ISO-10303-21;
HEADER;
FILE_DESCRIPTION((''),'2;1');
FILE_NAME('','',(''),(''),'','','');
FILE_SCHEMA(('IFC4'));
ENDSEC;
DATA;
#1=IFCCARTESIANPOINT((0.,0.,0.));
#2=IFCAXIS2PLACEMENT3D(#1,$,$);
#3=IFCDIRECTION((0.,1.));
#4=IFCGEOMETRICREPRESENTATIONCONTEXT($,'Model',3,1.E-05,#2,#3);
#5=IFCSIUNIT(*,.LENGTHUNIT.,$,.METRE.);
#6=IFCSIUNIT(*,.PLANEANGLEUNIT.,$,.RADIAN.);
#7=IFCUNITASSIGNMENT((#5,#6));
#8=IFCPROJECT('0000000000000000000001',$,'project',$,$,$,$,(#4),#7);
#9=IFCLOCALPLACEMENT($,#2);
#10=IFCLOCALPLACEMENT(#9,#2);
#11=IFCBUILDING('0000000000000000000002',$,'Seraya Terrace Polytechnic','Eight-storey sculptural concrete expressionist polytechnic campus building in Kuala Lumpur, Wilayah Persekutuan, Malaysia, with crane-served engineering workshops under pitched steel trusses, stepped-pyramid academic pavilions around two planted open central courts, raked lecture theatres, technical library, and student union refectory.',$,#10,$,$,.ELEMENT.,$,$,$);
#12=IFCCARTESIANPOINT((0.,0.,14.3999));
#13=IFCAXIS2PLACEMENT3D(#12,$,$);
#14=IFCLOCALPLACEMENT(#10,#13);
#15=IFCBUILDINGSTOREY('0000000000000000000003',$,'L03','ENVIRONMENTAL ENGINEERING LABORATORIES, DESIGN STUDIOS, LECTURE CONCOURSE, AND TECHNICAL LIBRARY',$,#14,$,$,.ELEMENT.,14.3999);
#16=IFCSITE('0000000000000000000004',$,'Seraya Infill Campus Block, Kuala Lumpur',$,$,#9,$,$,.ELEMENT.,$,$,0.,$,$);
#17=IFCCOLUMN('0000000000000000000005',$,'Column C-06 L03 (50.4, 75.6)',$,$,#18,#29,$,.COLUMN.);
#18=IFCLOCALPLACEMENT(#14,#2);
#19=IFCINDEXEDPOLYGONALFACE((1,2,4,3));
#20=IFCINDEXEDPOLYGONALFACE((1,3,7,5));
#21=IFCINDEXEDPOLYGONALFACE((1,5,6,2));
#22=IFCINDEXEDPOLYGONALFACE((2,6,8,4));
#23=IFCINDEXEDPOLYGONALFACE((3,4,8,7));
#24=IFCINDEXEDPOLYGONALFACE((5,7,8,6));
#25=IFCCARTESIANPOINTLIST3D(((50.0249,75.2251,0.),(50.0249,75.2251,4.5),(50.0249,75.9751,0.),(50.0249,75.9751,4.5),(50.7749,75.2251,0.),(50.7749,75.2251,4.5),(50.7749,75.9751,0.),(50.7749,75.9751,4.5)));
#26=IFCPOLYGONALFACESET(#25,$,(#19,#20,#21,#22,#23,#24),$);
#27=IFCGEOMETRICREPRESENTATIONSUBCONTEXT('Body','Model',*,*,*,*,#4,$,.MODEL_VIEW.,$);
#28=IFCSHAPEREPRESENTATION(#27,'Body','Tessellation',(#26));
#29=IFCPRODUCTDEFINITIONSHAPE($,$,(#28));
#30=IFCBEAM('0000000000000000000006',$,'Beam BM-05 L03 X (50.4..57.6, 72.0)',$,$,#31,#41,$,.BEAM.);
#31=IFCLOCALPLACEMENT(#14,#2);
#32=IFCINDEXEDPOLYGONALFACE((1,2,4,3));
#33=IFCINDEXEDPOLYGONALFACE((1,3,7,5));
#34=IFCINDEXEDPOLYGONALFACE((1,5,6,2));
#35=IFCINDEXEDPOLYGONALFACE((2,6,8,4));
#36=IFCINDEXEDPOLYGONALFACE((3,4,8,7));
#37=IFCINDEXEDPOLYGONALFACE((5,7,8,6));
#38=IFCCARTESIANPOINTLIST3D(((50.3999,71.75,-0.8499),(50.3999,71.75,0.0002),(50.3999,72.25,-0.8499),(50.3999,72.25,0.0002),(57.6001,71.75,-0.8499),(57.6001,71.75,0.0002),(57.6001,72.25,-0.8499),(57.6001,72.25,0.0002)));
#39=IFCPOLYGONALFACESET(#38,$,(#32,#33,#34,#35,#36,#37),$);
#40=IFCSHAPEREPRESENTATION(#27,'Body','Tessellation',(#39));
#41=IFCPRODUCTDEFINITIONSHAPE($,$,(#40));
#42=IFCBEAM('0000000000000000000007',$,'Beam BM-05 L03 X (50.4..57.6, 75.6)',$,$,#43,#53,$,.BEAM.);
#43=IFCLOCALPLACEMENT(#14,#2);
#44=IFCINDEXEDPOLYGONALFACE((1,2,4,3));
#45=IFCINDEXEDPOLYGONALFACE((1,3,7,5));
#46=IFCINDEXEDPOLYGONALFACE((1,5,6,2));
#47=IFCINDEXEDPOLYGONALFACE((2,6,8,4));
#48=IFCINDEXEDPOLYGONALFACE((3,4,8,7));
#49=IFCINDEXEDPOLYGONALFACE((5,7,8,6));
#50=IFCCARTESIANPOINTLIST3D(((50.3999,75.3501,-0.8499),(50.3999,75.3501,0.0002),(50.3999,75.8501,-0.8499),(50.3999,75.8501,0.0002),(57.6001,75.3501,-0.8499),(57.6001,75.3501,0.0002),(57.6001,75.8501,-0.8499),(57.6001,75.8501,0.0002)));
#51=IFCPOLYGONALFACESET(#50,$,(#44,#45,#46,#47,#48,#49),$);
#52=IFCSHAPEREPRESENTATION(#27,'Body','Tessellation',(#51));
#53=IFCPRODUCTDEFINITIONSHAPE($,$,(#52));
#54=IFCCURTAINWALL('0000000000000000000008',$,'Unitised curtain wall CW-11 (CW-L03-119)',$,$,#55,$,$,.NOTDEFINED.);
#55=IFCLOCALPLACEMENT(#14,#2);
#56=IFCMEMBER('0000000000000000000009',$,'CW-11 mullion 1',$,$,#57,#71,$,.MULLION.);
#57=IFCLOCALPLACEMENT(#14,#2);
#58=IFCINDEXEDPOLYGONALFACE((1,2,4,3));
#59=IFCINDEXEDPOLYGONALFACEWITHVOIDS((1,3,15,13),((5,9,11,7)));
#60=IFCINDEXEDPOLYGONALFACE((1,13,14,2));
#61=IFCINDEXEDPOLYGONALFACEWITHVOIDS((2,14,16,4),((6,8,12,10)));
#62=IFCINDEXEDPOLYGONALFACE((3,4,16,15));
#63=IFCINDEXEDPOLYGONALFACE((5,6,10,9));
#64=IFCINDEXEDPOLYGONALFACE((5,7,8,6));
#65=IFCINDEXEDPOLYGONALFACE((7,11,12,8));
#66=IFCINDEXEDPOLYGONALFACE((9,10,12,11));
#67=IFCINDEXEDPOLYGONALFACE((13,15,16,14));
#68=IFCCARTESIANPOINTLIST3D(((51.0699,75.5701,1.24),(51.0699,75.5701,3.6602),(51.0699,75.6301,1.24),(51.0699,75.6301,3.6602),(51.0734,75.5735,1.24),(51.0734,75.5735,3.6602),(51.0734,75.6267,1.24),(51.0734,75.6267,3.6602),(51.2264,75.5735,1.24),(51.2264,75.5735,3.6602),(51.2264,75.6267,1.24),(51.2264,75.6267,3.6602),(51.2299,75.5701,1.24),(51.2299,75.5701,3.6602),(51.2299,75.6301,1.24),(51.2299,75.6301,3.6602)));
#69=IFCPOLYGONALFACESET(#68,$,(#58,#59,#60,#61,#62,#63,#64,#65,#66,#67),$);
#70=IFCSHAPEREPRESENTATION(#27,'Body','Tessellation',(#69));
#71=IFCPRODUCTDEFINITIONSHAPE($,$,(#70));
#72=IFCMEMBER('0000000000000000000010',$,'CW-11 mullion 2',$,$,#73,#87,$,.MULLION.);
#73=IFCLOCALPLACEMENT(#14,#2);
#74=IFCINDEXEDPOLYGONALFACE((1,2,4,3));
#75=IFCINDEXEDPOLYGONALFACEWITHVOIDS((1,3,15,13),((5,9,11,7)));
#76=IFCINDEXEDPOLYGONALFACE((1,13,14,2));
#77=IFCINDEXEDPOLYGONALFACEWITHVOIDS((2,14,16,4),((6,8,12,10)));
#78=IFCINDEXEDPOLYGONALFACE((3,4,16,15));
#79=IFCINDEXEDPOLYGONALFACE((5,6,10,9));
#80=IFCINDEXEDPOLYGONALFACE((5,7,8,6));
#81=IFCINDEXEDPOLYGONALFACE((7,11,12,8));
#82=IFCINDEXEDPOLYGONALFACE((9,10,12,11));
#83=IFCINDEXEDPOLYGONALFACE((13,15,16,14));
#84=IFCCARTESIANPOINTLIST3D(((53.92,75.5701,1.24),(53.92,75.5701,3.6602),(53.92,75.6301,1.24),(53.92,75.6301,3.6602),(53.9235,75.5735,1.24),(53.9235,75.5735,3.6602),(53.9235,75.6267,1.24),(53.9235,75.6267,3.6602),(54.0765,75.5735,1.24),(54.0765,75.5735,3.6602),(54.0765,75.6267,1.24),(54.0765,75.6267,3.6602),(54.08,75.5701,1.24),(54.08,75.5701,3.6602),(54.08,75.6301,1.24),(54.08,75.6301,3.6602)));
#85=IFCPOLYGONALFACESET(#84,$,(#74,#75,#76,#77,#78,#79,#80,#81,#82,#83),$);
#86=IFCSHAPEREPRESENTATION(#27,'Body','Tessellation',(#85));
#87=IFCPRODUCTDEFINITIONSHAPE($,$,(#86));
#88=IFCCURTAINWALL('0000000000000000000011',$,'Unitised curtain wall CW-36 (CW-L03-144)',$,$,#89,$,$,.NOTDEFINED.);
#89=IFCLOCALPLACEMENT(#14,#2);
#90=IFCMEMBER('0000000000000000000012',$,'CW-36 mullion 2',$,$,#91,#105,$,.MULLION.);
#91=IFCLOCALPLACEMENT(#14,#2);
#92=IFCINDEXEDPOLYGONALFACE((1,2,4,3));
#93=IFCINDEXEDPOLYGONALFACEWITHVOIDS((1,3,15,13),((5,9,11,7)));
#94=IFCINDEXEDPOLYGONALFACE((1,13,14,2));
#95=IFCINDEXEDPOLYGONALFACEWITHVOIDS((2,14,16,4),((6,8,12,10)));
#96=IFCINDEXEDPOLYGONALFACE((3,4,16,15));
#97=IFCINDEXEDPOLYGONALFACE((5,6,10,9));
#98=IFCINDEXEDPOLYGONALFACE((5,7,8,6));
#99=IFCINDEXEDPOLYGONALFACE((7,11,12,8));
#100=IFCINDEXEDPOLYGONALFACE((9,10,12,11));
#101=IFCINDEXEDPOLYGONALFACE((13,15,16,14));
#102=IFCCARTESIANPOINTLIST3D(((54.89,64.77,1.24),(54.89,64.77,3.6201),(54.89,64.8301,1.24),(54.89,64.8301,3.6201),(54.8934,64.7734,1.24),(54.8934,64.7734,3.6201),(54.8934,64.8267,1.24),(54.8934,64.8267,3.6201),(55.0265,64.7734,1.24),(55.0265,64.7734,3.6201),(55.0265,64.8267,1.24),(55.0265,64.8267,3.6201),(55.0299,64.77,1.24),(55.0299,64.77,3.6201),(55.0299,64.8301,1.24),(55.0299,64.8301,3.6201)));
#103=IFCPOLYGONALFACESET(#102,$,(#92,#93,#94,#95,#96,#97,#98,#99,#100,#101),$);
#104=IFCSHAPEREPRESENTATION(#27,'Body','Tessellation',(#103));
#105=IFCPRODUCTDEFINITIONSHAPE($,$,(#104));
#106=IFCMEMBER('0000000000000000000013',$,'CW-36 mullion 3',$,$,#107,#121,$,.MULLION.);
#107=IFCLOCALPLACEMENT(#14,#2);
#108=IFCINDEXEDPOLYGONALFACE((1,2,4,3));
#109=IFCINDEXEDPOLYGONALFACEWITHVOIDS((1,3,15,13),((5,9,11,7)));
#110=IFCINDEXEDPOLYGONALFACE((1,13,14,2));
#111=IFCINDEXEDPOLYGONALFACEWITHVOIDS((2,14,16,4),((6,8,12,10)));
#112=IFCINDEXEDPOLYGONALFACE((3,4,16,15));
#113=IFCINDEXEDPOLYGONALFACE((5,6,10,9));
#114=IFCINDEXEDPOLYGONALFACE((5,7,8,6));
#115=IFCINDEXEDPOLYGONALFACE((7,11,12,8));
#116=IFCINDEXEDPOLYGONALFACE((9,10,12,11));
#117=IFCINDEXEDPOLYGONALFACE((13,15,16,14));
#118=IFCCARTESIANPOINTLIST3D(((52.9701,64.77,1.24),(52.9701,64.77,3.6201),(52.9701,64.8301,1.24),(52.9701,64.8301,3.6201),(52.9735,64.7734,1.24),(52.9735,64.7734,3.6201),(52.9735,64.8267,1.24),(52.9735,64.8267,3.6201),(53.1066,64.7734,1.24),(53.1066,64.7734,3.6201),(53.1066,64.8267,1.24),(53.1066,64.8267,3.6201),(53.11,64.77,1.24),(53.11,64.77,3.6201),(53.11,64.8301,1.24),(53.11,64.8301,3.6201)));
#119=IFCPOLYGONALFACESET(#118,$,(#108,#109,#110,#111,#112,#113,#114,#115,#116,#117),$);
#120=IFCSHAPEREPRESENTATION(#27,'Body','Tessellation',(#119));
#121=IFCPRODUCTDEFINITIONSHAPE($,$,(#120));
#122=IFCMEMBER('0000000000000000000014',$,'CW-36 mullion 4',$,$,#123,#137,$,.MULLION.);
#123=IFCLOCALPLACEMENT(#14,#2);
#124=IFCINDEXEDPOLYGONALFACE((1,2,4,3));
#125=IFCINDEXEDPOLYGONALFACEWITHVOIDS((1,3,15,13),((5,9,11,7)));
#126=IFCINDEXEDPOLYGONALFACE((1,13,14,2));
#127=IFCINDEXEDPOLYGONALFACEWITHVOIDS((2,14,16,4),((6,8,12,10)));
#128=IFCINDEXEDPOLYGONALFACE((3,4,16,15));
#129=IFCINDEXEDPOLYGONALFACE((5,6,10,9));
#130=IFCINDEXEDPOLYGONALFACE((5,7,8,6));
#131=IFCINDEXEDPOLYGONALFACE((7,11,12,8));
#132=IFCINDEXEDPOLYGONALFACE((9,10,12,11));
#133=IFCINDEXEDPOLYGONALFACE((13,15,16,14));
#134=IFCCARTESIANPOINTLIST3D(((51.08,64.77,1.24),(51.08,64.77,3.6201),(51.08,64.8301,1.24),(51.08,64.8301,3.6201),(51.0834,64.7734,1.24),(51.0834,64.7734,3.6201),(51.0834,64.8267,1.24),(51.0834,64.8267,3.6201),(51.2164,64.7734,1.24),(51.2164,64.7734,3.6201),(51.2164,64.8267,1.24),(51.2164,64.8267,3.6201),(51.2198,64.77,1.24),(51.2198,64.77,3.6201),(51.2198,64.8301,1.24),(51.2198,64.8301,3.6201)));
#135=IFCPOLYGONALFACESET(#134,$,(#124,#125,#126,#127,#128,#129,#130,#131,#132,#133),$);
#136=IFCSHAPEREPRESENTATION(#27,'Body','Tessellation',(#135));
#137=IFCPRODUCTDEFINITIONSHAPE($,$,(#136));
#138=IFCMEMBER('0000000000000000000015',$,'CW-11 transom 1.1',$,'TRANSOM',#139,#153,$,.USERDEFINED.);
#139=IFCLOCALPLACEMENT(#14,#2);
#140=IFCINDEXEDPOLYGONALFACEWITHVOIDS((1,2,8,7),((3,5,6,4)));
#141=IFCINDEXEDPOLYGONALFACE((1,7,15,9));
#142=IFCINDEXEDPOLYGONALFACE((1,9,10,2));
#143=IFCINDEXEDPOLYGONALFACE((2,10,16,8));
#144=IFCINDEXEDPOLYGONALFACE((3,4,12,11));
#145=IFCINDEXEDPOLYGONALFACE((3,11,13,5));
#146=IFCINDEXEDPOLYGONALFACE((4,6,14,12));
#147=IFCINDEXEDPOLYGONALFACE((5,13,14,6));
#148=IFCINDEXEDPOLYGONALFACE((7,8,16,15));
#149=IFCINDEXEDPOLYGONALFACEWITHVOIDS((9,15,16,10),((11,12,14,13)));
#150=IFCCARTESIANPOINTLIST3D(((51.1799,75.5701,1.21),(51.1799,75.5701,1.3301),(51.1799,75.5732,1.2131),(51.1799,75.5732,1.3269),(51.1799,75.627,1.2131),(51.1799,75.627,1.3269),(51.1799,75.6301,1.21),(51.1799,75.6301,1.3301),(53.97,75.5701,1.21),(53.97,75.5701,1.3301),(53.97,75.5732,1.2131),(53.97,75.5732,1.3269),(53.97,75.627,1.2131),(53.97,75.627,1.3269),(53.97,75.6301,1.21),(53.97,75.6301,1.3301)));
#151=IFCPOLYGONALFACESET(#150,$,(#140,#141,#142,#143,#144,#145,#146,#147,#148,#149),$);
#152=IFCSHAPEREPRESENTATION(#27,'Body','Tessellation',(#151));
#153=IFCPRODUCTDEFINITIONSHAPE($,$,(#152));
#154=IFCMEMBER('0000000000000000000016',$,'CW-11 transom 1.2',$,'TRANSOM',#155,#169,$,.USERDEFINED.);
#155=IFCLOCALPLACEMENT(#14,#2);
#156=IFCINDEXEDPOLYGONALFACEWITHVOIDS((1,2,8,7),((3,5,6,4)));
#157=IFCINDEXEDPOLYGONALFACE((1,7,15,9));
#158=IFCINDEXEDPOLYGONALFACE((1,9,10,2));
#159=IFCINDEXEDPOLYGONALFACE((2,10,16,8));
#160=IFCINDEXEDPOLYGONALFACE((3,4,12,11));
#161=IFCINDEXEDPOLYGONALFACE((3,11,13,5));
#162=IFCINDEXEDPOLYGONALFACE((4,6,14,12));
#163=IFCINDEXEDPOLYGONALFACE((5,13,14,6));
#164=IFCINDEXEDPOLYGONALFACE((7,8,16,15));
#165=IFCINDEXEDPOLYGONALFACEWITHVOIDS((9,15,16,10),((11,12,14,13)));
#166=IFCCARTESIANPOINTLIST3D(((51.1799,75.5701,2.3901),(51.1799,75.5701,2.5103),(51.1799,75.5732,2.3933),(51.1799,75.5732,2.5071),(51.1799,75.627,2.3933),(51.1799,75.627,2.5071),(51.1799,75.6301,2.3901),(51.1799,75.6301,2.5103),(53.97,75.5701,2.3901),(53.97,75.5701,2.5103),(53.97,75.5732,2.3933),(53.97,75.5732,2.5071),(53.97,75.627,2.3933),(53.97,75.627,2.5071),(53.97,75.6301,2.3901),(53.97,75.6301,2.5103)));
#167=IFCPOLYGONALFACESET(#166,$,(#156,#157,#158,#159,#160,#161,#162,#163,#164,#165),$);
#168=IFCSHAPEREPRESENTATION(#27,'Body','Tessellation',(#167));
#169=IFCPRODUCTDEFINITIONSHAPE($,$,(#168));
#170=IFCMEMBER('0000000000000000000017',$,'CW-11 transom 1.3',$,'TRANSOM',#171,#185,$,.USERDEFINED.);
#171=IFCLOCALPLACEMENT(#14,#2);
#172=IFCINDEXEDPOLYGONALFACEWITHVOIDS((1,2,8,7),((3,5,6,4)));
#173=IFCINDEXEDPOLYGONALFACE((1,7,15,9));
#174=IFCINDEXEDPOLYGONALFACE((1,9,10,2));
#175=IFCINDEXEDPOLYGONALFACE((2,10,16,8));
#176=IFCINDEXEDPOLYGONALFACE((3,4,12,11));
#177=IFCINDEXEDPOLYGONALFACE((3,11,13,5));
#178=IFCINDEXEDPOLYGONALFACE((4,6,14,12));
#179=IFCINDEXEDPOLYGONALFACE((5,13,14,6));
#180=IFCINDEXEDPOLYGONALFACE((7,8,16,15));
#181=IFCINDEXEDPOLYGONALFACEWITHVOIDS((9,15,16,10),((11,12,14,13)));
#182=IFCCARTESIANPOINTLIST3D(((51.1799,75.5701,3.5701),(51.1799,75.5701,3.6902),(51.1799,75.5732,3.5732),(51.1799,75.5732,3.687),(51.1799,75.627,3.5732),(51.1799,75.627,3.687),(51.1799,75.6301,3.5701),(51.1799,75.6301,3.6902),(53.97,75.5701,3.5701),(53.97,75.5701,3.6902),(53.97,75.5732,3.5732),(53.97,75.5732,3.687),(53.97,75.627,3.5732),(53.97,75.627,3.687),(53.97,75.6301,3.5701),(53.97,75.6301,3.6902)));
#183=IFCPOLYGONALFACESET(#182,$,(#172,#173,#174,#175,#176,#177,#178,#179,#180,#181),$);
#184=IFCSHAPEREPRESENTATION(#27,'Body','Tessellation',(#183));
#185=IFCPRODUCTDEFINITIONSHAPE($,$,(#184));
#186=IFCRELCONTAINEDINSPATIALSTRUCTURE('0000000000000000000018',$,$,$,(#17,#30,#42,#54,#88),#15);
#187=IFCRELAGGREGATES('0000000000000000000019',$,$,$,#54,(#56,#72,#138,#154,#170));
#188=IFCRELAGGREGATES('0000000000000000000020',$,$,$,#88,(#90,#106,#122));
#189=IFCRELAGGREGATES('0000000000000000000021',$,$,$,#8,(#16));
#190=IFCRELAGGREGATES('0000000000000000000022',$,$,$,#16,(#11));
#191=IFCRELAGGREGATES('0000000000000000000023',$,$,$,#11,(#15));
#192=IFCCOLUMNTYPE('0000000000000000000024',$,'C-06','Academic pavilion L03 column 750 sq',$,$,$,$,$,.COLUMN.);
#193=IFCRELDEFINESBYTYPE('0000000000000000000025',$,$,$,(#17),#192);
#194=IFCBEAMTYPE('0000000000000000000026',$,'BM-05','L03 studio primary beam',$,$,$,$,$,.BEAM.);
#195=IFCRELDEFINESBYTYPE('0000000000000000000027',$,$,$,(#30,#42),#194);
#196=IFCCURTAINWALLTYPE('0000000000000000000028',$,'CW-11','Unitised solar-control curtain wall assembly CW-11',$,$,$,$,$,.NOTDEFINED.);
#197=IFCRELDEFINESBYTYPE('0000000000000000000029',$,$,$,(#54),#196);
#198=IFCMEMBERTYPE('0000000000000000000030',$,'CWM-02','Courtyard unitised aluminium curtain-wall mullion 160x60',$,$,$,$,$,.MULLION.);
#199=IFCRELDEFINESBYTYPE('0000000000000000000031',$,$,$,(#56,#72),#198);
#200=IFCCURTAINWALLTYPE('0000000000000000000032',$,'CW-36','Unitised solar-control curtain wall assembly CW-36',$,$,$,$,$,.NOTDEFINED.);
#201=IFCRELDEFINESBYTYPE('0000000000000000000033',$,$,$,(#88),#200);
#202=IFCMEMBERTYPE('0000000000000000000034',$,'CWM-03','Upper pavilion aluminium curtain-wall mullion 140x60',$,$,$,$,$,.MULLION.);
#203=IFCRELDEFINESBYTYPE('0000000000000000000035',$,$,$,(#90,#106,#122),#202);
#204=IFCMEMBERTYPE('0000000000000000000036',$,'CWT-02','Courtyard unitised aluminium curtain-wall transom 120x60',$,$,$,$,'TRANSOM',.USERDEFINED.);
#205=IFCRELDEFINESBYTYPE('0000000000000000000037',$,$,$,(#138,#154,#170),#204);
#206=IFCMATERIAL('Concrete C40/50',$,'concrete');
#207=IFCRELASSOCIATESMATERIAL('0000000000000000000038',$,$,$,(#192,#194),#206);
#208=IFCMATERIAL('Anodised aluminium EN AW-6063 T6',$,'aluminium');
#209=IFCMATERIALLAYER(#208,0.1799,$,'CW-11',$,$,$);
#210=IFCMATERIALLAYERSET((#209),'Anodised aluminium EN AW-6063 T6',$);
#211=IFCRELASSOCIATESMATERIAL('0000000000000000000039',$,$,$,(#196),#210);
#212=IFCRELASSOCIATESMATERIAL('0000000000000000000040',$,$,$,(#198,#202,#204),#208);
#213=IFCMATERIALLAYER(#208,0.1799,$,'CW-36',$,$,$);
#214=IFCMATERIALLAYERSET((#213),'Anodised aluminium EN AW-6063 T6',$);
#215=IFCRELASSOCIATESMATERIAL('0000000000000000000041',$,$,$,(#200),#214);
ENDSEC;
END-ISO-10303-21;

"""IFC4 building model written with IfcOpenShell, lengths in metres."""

from ifc_helpers import new_model, si_unit, direction, frame, origin, origin_2d, place, context, subcontext, project, spatial, rectangle, hollow_rectangle, extrude, material, layer, layer_set, material_profile, profile_set, type_object, element, aggregate, save


model = new_model("IFC4")

# Units and contexts
model_context = context("Model", 3, precision=1e-05, world=origin(), true_north=direction((0.0, 1.0)))
body_context = subcontext(model_context, "Body", "Model", "MODEL_VIEW")
ifc_project = project(units=[si_unit("LENGTHUNIT", "METRE"), si_unit("PLANEANGLEUNIT", "RADIAN")], contexts=[model_context])

# Site, building, storey
site_placement = place(None, origin())
site = spatial("IfcSite", under=ifc_project, at=site_placement, Name="Seraya Infill Campus Block, Kuala Lumpur", CompositionType="ELEMENT", RefElevation=0.0)
building_placement = place(site_placement, origin())
building = spatial("IfcBuilding", under=site, at=building_placement, Name="Seraya Terrace Polytechnic", Description="Eight-storey sculptural concrete expressionist polytechnic campus building in Kuala Lumpur, Wilayah Persekutuan, Malaysia, with crane-served engineering workshops under pitched steel trusses, stepped-pyramid academic pavilions around two planted open central courts, raked lecture theatres, technical library, and student union refectory.", CompositionType="ELEMENT")
storey_placement = place(building_placement, frame((0.0, 0.0, 14.3999)))
storey = spatial("IfcBuildingStorey", under=building, at=storey_placement, Name="L03", Description="ENVIRONMENTAL ENGINEERING LABORATORIES, DESIGN STUDIOS, LECTURE CONCOURSE, AND TECHNICAL LIBRARY", CompositionType="ELEMENT", Elevation=14.3999)

# Column
ifc_material_1 = material(Name="Concrete C40/50", Category="concrete")
ifc_material_profile_1 = material_profile(ifc_material_1, rectangle(XDim=0.75, YDim=0.75, at=origin_2d()), Name="RC 750x750")
ifc_profile_set_1 = profile_set([ifc_material_profile_1], Name="Concrete C40/50")
column_type = type_object("IfcColumnType", Name="C-06", Description="Academic pavilion L03 column 750 sq", PredefinedType="COLUMN", material=ifc_profile_set_1)
column_placement = place(storey_placement, frame((50.3999, 75.6001, 0.0), z_axis=(0.0, 0.0, 1.0), x_axis=(1.0, 0.0, 0.0)))
element("IfcColumn", 1, at=column_placement, inside=storey, type_object=column_type, Name="Column C-06 L03 (50.4, 75.6)", PredefinedType="COLUMN", context=body_context, shape_type="SweptSolid", body=[
    extrude(rectangle(XDim=0.75, YDim=0.75, at=origin_2d()), origin(), (0.0, 0.0, 1.0), 4.5),
])

# Beams
ifc_material_profile_2 = material_profile(ifc_material_1, rectangle(XDim=0.5, YDim=0.8501, at=origin_2d()), Name="RC 500x850")
ifc_profile_set_2 = profile_set([ifc_material_profile_2], Name="Concrete C40/50")
beam_type_1 = type_object("IfcBeamType", Name="BM-05", Description="L03 studio primary beam", PredefinedType="BEAM", material=ifc_profile_set_2)
for number, where, z_axis, x_axis, name in (
    (2, (50.3999, 72.0, -0.4248), (1.0, 0.0, 0.0), (0.0, 1.0, 0.0), "Beam BM-05 L03 X (50.4..57.6, 72.0)"),
    (3, (50.3999, 75.6001, -0.4248), (1.0, 0.0, 0.0), (0.0, 1.0, 0.0), "Beam BM-05 L03 X (50.4..57.6, 75.6)"),
):
    element("IfcBeam", number, at=place(storey_placement, frame(where, z_axis=z_axis, x_axis=x_axis)), inside=storey, type_object=beam_type_1, Name=name, PredefinedType="BEAM", context=body_context, shape_type="SweptSolid", body=[
        extrude(rectangle(XDim=0.5, YDim=0.8501, at=origin_2d()), origin(), (0.0, 0.0, 1.0), 7.2002),
    ])

# Curtain walls, members
ifc_material_2 = material(Name="Anodised aluminium EN AW-6063 T6", Category="aluminium")
ifc_layer_1 = layer(ifc_material_2, 0.1799, Name="CW-11")
ifc_layer_set_1 = layer_set([ifc_layer_1], Name="Anodised aluminium EN AW-6063 T6")
curtain_wall_type_1 = type_object("IfcCurtainWallType", Name="CW-11", Description="Unitised solar-control curtain wall assembly CW-11", PredefinedType="NOTDEFINED", material=ifc_layer_set_1)
curtain_wall_1_placement = place(storey_placement, origin())
curtain_wall_1 = element("IfcCurtainWall", 4, at=curtain_wall_1_placement, inside=storey, type_object=curtain_wall_type_1, Name="Unitised curtain wall CW-11 (CW-L03-119)", PredefinedType="NOTDEFINED")
ifc_material_profile_3 = material_profile(ifc_material_2, hollow_rectangle(XDim=0.0601, YDim=0.1599, WallThickness=0.0034, at=origin_2d()), Name="RHS 160x60x3.5")
ifc_profile_set_3 = profile_set([ifc_material_profile_3], Name="Anodised aluminium EN AW-6063 T6")
member_type_1 = type_object("IfcMemberType", Name="CWM-02", Description="Courtyard unitised aluminium curtain-wall mullion 160x60", PredefinedType="MULLION", material=ifc_profile_set_3)
member_1_placement = place(storey_placement, frame((51.1499, 75.6001, 1.24), z_axis=(0.0, 0.0, 1.0), x_axis=(0.0, 1.0, 0.0)))
member_1 = element("IfcMember", 5, at=member_1_placement, type_object=member_type_1, Name="CW-11 mullion 1", PredefinedType="MULLION", context=body_context, shape_type="SweptSolid", body=[
    extrude(hollow_rectangle(XDim=0.0601, YDim=0.1599, WallThickness=0.0034, at=origin_2d()), origin(), (0.0, 0.0, 1.0), 2.4202),
])
member_2_placement = place(storey_placement, frame((54.0, 75.6001, 1.24), z_axis=(0.0, 0.0, 1.0), x_axis=(0.0, 1.0, 0.0)))
member_2 = element("IfcMember", 6, at=member_2_placement, type_object=member_type_1, Name="CW-11 mullion 2", PredefinedType="MULLION", context=body_context, shape_type="SweptSolid", body=[
    extrude(hollow_rectangle(XDim=0.0601, YDim=0.1599, WallThickness=0.0034, at=origin_2d()), origin(), (0.0, 0.0, 1.0), 2.4202),
])
ifc_layer_2 = layer(ifc_material_2, 0.1799, Name="CW-36")
ifc_layer_set_2 = layer_set([ifc_layer_2], Name="Anodised aluminium EN AW-6063 T6")
curtain_wall_type_2 = type_object("IfcCurtainWallType", Name="CW-36", Description="Unitised solar-control curtain wall assembly CW-36", PredefinedType="NOTDEFINED", material=ifc_layer_set_2)
curtain_wall_2_placement = place(storey_placement, origin())
curtain_wall_2 = element("IfcCurtainWall", 7, at=curtain_wall_2_placement, inside=storey, type_object=curtain_wall_type_2, Name="Unitised curtain wall CW-36 (CW-L03-144)", PredefinedType="NOTDEFINED")
ifc_material_profile_4 = material_profile(ifc_material_2, hollow_rectangle(XDim=0.0601, YDim=0.1399, WallThickness=0.0034, at=origin_2d()), Name="RHS 140x60x3.5")
ifc_profile_set_4 = profile_set([ifc_material_profile_4], Name="Anodised aluminium EN AW-6063 T6")
member_type_2 = type_object("IfcMemberType", Name="CWM-03", Description="Upper pavilion aluminium curtain-wall mullion 140x60", PredefinedType="MULLION", material=ifc_profile_set_4)
member_3_placement = place(storey_placement, frame((54.96, 64.8, 1.24), z_axis=(0.0, 0.0, 1.0), x_axis=(0.0, -1.0, 0.0)))
member_3 = element("IfcMember", 8, at=member_3_placement, type_object=member_type_2, Name="CW-36 mullion 2", PredefinedType="MULLION", context=body_context, shape_type="SweptSolid", body=[
    extrude(hollow_rectangle(XDim=0.0601, YDim=0.1399, WallThickness=0.0034, at=origin_2d()), origin(), (0.0, 0.0, 1.0), 2.3801),
])
member_4_placement = place(storey_placement, frame((53.04, 64.8, 1.24), z_axis=(0.0, 0.0, 1.0), x_axis=(0.0, -1.0, 0.0)))
member_4 = element("IfcMember", 9, at=member_4_placement, type_object=member_type_2, Name="CW-36 mullion 3", PredefinedType="MULLION", context=body_context, shape_type="SweptSolid", body=[
    extrude(hollow_rectangle(XDim=0.0601, YDim=0.1399, WallThickness=0.0034, at=origin_2d()), origin(), (0.0, 0.0, 1.0), 2.3801),
])
member_5_placement = place(storey_placement, frame((51.1499, 64.8, 1.24), z_axis=(0.0, 0.0, 1.0), x_axis=(0.0, -1.0, 0.0)))
member_5 = element("IfcMember", 10, at=member_5_placement, type_object=member_type_2, Name="CW-36 mullion 4", PredefinedType="MULLION", context=body_context, shape_type="SweptSolid", body=[
    extrude(hollow_rectangle(XDim=0.0601, YDim=0.1399, WallThickness=0.0034, at=origin_2d()), origin(), (0.0, 0.0, 1.0), 2.3801),
])

# Members
ifc_material_profile_5 = material_profile(ifc_material_2, hollow_rectangle(XDim=0.0601, YDim=0.1201, WallThickness=0.0032, at=origin_2d()), Name="RHS 120x60x3.2")
ifc_profile_set_5 = profile_set([ifc_material_profile_5], Name="Anodised aluminium EN AW-6063 T6")
member_type_3 = type_object("IfcMemberType", Name="CWT-02", Description="Courtyard unitised aluminium curtain-wall transom 120x60", ElementType="TRANSOM", PredefinedType="USERDEFINED", material=ifc_profile_set_5)
member_6_placement = place(storey_placement, frame((51.1799, 75.6001, 1.27), z_axis=(1.0, 0.0, 0.0), x_axis=(0.0, 1.0, 0.0)))
member_6 = element("IfcMember", 11, at=member_6_placement, type_object=member_type_3, Name="CW-11 transom 1.1", ObjectType="TRANSOM", PredefinedType="USERDEFINED", context=body_context, shape_type="SweptSolid", body=[
    extrude(hollow_rectangle(XDim=0.0601, YDim=0.1201, WallThickness=0.0032, at=origin_2d()), origin(), (0.0, 0.0, 1.0), 2.79),
])
member_7_placement = place(storey_placement, frame((51.1799, 75.6001, 2.4502), z_axis=(1.0, 0.0, 0.0), x_axis=(0.0, 1.0, 0.0)))
member_7 = element("IfcMember", 12, at=member_7_placement, type_object=member_type_3, Name="CW-11 transom 1.2", ObjectType="TRANSOM", PredefinedType="USERDEFINED", context=body_context, shape_type="SweptSolid", body=[
    extrude(hollow_rectangle(XDim=0.0601, YDim=0.1201, WallThickness=0.0032, at=origin_2d()), origin(), (0.0, 0.0, 1.0), 2.79),
])
member_8_placement = place(storey_placement, frame((51.1799, 75.6001, 3.6301), z_axis=(1.0, 0.0, 0.0), x_axis=(0.0, 1.0, 0.0)))
member_8 = element("IfcMember", 13, at=member_8_placement, type_object=member_type_3, Name="CW-11 transom 1.3", ObjectType="TRANSOM", PredefinedType="USERDEFINED", context=body_context, shape_type="SweptSolid", body=[
    extrude(hollow_rectangle(XDim=0.0601, YDim=0.1201, WallThickness=0.0032, at=origin_2d()), origin(), (0.0, 0.0, 1.0), 2.79),
])

aggregate(curtain_wall_1, [member_1, member_2, member_6, member_7, member_8])
aggregate(curtain_wall_2, [member_3, member_4, member_5])

save(model, "model.ifc")
